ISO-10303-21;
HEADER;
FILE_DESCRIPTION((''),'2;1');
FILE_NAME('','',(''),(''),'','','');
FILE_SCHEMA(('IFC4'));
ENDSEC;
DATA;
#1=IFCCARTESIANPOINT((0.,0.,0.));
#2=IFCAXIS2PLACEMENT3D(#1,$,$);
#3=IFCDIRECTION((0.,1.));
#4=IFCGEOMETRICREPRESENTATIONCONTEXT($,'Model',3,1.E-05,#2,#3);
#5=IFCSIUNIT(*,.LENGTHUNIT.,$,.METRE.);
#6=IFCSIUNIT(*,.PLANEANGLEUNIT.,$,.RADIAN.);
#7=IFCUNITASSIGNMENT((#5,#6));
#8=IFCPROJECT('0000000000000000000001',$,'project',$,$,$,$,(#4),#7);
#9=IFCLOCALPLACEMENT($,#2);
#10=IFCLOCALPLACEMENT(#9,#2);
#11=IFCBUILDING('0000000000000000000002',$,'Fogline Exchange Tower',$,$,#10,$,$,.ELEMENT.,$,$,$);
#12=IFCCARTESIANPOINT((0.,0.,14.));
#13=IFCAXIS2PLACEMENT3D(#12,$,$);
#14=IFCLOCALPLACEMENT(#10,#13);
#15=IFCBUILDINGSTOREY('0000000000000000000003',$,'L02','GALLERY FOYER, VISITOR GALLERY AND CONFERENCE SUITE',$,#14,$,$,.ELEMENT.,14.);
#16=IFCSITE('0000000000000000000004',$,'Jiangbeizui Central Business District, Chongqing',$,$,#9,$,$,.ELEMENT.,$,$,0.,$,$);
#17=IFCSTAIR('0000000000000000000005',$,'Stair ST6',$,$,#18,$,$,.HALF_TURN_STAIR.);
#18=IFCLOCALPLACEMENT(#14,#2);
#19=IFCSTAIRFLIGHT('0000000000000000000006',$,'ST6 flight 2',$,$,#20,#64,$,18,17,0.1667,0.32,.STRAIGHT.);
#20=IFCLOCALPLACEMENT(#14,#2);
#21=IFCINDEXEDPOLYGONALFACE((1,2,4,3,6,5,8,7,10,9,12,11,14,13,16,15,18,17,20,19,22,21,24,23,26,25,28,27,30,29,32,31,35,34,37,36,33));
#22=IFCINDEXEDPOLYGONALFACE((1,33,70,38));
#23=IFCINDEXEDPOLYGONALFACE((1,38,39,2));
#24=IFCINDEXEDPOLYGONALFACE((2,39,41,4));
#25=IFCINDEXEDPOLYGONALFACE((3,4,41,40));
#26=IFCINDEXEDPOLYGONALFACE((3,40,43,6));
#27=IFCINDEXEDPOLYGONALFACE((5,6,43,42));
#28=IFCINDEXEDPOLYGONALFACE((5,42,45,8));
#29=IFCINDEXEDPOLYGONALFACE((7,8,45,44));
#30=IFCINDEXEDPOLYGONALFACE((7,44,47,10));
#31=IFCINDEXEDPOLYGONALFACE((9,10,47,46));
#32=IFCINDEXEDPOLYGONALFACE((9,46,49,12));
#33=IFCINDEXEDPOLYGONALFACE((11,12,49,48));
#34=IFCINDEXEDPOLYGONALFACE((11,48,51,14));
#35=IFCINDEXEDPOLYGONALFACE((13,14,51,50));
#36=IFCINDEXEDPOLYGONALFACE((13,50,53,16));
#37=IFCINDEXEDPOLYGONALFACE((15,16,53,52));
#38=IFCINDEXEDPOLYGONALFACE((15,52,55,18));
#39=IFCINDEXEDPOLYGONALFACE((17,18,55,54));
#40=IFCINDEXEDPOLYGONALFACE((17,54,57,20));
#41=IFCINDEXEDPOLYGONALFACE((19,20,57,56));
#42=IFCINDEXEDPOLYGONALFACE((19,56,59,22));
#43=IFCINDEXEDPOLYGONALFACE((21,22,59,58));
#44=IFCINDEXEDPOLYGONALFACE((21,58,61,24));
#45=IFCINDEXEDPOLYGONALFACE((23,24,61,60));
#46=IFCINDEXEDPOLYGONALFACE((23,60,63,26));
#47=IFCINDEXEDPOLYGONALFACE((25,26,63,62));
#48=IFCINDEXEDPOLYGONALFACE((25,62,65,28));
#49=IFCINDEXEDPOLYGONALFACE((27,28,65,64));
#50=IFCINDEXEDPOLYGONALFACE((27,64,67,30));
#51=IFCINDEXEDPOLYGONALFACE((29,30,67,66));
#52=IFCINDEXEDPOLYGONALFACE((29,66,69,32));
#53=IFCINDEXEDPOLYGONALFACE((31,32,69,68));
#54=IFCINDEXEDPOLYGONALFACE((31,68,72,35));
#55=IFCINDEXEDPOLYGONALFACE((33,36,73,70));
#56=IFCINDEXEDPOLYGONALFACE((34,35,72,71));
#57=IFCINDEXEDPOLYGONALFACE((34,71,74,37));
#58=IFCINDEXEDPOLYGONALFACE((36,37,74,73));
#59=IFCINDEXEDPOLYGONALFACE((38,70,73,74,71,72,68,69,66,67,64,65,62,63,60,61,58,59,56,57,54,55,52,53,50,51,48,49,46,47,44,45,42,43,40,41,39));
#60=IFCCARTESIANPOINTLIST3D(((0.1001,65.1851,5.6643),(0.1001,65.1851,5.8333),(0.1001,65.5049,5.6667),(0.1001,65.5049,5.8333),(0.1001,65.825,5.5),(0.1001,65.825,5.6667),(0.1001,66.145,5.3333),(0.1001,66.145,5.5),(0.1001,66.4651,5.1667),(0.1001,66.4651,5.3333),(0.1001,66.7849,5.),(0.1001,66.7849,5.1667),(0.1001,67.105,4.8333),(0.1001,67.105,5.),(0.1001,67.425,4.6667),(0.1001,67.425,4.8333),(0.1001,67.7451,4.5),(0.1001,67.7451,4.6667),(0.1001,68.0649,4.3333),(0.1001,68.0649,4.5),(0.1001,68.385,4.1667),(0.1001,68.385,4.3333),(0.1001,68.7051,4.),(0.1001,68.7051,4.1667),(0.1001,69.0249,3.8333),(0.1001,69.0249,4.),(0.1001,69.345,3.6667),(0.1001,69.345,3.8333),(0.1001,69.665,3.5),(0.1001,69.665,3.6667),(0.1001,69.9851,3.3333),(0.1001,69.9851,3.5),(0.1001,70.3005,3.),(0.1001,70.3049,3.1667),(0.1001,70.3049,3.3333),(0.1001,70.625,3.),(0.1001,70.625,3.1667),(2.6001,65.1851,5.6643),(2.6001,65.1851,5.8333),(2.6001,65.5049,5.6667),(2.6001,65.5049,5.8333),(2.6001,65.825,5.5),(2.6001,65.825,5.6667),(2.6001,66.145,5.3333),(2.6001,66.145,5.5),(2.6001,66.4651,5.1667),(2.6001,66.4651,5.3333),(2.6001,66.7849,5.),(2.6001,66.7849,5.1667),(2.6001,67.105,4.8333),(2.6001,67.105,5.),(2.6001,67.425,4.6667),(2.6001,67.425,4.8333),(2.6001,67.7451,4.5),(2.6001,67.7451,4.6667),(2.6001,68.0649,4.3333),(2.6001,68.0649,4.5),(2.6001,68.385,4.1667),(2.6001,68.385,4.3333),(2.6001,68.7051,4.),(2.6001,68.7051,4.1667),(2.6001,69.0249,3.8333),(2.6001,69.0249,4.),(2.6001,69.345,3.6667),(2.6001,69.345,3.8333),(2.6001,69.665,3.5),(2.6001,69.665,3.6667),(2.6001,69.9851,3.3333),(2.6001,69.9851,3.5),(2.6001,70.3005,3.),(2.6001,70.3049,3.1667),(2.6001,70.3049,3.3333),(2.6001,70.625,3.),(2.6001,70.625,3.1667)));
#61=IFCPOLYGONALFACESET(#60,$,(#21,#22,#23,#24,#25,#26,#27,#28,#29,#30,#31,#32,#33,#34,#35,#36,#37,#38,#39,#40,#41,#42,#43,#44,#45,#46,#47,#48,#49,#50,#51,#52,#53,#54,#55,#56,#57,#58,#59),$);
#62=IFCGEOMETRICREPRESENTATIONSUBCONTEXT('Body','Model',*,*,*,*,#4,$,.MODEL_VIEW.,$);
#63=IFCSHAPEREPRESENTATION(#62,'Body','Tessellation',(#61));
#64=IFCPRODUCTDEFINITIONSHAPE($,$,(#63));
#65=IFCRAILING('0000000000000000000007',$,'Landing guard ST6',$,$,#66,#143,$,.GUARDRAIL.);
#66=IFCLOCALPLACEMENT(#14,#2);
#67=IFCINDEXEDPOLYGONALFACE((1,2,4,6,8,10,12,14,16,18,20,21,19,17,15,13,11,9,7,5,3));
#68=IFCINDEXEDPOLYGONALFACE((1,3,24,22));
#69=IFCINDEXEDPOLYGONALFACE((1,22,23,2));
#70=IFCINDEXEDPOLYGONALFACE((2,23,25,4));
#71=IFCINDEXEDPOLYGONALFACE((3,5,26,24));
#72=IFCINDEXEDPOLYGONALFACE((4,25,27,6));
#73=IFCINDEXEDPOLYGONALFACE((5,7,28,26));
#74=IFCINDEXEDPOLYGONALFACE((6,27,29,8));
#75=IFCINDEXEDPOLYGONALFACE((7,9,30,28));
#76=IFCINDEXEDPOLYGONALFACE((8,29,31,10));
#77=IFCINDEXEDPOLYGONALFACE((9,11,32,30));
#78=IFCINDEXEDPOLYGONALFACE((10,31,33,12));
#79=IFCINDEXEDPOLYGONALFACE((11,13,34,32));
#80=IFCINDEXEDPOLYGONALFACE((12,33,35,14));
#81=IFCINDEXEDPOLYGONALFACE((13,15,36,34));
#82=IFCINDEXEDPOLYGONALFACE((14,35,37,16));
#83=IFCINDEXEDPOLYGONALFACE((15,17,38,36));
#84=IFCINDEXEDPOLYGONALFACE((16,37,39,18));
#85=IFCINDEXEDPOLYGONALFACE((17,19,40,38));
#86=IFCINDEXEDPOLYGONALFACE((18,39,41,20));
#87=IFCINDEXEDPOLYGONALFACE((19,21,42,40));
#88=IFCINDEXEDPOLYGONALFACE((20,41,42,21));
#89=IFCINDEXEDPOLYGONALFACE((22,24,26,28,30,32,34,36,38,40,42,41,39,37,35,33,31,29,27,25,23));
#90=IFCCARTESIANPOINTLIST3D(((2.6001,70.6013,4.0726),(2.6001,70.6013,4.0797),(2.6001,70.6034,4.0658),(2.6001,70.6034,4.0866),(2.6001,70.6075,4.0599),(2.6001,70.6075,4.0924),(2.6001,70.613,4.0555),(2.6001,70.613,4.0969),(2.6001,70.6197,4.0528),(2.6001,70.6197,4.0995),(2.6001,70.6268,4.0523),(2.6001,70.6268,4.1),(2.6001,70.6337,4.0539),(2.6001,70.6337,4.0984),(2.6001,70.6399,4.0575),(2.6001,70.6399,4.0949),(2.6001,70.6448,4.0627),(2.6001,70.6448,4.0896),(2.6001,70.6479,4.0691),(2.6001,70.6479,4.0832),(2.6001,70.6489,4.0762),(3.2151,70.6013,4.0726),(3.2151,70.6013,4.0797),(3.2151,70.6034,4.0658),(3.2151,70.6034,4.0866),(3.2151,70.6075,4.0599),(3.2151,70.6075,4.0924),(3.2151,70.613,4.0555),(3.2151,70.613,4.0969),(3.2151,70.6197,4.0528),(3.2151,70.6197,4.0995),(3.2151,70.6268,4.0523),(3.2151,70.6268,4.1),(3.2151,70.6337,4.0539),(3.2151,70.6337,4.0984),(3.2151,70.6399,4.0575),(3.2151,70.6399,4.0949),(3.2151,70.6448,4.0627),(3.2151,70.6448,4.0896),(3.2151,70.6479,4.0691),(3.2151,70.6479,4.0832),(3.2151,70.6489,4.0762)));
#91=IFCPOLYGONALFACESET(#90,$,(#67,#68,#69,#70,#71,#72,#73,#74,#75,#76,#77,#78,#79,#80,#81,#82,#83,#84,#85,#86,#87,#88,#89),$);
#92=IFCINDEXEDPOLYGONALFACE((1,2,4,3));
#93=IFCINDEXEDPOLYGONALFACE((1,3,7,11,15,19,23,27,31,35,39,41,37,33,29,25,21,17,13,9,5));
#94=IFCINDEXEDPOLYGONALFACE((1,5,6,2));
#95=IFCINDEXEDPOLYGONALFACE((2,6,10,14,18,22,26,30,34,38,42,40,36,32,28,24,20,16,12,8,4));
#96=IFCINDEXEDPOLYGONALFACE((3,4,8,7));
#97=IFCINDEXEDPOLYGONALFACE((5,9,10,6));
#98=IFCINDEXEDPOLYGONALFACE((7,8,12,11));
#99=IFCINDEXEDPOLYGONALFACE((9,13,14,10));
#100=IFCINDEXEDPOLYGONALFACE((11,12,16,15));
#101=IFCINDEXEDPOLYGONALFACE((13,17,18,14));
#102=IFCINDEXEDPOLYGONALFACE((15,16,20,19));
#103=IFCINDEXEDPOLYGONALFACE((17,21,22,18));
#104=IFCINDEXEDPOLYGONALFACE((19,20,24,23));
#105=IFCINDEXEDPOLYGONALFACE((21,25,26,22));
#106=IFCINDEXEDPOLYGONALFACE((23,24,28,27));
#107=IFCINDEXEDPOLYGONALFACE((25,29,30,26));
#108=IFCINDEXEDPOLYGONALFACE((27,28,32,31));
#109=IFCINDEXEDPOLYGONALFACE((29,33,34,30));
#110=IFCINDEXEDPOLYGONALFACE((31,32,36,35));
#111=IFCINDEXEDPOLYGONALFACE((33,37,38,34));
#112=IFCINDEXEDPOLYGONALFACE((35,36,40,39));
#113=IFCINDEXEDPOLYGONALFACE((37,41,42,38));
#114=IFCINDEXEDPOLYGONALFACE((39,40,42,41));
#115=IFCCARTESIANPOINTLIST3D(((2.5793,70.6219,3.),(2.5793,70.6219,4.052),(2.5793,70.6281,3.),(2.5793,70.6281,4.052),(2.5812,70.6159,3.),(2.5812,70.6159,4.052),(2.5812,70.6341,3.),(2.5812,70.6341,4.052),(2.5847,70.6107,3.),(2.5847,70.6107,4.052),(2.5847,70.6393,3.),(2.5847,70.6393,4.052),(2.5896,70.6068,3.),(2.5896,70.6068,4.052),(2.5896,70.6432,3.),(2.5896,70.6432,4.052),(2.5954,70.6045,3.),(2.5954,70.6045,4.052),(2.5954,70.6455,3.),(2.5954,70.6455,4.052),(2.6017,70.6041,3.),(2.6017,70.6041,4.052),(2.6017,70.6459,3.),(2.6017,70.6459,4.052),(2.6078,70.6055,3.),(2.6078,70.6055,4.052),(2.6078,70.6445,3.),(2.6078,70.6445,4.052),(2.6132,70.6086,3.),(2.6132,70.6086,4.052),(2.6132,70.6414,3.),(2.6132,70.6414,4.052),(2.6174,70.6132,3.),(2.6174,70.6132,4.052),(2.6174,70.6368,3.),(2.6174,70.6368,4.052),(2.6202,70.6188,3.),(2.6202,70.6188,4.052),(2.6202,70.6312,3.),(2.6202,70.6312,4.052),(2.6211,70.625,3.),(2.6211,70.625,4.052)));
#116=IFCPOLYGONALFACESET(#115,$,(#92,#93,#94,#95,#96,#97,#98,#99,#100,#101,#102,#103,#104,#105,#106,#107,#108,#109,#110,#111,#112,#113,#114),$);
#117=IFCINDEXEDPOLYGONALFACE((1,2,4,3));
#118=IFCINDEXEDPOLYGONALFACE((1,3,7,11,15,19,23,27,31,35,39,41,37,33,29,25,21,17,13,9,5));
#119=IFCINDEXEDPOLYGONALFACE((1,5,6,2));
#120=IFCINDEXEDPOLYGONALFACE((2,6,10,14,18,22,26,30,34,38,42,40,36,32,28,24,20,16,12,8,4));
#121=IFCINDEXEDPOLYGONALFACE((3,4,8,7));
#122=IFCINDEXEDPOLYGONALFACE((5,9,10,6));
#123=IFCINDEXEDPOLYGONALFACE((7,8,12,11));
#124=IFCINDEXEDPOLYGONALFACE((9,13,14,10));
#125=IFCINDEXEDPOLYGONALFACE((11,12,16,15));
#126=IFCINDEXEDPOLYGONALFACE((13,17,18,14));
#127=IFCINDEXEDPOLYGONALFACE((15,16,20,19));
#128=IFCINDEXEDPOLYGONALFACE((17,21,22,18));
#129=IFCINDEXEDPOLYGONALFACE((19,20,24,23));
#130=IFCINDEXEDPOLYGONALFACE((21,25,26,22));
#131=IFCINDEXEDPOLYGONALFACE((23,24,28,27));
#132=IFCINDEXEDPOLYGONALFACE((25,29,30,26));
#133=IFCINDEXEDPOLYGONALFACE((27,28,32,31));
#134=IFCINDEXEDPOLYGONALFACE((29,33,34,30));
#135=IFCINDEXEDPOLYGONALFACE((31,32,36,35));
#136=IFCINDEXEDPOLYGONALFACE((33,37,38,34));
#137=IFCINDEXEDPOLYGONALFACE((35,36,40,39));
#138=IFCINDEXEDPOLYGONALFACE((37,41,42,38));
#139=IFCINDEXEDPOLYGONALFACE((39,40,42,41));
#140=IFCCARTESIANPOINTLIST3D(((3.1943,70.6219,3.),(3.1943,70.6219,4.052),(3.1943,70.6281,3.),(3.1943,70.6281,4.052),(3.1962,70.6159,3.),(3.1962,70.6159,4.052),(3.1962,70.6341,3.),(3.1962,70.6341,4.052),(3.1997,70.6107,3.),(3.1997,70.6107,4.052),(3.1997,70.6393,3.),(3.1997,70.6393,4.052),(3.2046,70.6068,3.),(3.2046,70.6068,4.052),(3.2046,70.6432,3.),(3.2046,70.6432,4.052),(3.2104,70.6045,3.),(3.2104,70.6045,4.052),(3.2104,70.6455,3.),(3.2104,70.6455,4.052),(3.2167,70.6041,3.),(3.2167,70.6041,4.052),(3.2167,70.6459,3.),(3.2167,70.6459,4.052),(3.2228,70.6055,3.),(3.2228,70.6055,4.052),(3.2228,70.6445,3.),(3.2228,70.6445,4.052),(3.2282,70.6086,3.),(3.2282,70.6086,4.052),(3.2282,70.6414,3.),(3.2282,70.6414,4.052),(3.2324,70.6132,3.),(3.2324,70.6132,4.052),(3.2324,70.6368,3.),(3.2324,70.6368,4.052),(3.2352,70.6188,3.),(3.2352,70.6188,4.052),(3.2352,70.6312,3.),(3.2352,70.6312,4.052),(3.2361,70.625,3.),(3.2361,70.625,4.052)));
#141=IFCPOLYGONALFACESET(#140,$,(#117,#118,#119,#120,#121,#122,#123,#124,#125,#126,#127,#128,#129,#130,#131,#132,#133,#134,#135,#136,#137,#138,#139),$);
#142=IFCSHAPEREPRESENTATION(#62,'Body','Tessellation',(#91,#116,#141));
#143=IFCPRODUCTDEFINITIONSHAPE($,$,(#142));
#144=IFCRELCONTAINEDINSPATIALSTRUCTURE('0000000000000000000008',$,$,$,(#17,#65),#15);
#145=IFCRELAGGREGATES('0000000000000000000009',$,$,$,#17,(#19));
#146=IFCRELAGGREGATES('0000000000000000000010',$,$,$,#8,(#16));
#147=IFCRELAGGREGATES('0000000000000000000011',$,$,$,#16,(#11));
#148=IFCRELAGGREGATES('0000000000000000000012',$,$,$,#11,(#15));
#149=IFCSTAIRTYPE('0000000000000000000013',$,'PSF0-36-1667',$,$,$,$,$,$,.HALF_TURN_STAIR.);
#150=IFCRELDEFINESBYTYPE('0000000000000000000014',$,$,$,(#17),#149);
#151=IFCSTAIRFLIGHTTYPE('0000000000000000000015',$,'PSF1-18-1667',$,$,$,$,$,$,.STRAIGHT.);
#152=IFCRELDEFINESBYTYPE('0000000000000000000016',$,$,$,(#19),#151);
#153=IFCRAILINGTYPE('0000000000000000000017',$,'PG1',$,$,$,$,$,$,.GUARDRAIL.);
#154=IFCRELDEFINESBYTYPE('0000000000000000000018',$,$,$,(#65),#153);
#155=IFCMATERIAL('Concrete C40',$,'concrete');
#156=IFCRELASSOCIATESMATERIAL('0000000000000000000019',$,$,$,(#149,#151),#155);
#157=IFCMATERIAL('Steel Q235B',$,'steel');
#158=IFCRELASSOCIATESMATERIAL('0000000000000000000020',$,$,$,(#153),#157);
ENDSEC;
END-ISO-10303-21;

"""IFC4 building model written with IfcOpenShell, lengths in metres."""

from ifc_helpers import new_model, si_unit, direction, frame, origin, origin_2d, place, context, subcontext, project, spatial, polyline, circle, outline, extrude, material, type_object, element, aggregate, save


model = new_model("IFC4")

# Units and contexts
model_context = context("Model", 3, precision=1e-05, world=origin(), true_north=direction((0.0, 1.0)))
body_context = subcontext(model_context, "Body", "Model", "MODEL_VIEW")
ifc_project = project(units=[si_unit("LENGTHUNIT", "METRE"), si_unit("PLANEANGLEUNIT", "RADIAN")], contexts=[model_context])

# Site, building, storey
site_placement = place(None, origin())
site = spatial("IfcSite", under=ifc_project, at=site_placement, Name="Jiangbeizui Central Business District, Chongqing", CompositionType="ELEMENT", RefElevation=0.0)
building_placement = place(site_placement, origin())
building = spatial("IfcBuilding", under=site, at=building_placement, Name="Fogline Exchange Tower", CompositionType="ELEMENT")
storey_placement = place(building_placement, frame((0.0, 0.0, 14.0)))
storey = spatial("IfcBuildingStorey", under=building, at=storey_placement, Name="L02", Description="GALLERY FOYER, VISITOR GALLERY AND CONFERENCE SUITE", CompositionType="ELEMENT", Elevation=14.0)

# Shared definitions
ifc_material_1 = material(Name="Concrete C40", Category="concrete")

# Shared definitions
ifc_material_2 = material(Name="Steel Q235B", Category="steel")

# Stair, stair flight
stair_type = type_object("IfcStairType", Name="PSF0-36-1667", PredefinedType="HALF_TURN_STAIR", material=ifc_material_1)
stair_placement = place(storey_placement, origin())
stair = element("IfcStair", 1, at=stair_placement, inside=storey, type_object=stair_type, Name="Stair ST6", PredefinedType="HALF_TURN_STAIR")
stair_flight_type = type_object("IfcStairFlightType", Name="PSF1-18-1667", PredefinedType="STRAIGHT", material=ifc_material_1)
stair_flight_placement = place(storey_placement, frame((1.3501, 70.625, 3.0), z_axis=(0.0, 0.0, 1.0), x_axis=(0.0, -1.0, 0.0)))
stair_flight = element("IfcStairFlight", 2, at=stair_flight_placement, type_object=stair_flight_type, Name="ST6 flight 2", NumberOfRisers=18, NumberOfTreads=17, PredefinedType="STRAIGHT", RiserHeight=0.1667, TreadLength=0.32, context=body_context, shape_type="SweptSolid", body=[
    extrude(outline(polyline([(0.0, 0.0), (0.0, 0.1667), (0.3201, 0.1667), (0.3201, 0.3333), (0.6399, 0.3333), (0.6399, 0.5), (0.96, 0.5), (0.96, 0.6667), (1.28, 0.6667), (1.28, 0.8333), (1.6001, 0.8333), (1.6001, 1.0), (1.9199, 1.0), (1.9199, 1.1667), (2.24, 1.1667), (2.24, 1.3333), (2.5601, 1.3333), (2.5601, 1.5), (2.8799, 1.5), (2.8799, 1.6667), (3.2, 1.6667), (3.2, 1.8333), (3.52, 1.8333), (3.52, 2.0), (3.8401, 2.0), (3.8401, 2.1667), (4.1599, 2.1667), (4.1599, 2.3333), (4.48, 2.3333), (4.48, 2.5), (4.8, 2.5), (4.8, 2.6667), (5.1201, 2.6667), (5.1201, 2.8333), (5.4399, 2.8333), (5.4399, 3.0), (5.4399, 2.6643), (0.3245, 0.0), (0.0, 0.0)])), frame((0.0, 1.25, 0.0), z_axis=(0.0, -1.0, 0.0), x_axis=(1.0, 0.0, 0.0)), (0.0, 0.0, 1.0), 2.5),
])
aggregate(stair, [stair_flight])

# Railing
railing_type_1 = type_object("IfcRailingType", Name="PG1", PredefinedType="GUARDRAIL", material=ifc_material_2)
railing_placement = place(storey_placement, frame((2.6001, 70.625, 3.0)))
element("IfcRailing", 3, at=railing_placement, inside=storey, type_object=railing_type_1, Name="Landing guard ST6", PredefinedType="GUARDRAIL", context=body_context, shape_type="SweptSolid", body=[
    extrude(circle(Radius=0.0239, at=origin_2d()), frame((0.0, 0.0, 1.0762), z_axis=(1.0, 0.0, 0.0), x_axis=(0.0, 1.0, 0.0)), (0.0, 0.0, 1.0), 0.615),
    extrude(circle(Radius=0.021, at=origin_2d()), origin(), (0.0, 0.0, 1.0), 1.052),
    extrude(circle(Radius=0.021, at=origin_2d()), frame((0.615, 0.0, 0.0)), (0.0, 0.0, 1.0), 1.052),
])

save(model, "model.ifc")
